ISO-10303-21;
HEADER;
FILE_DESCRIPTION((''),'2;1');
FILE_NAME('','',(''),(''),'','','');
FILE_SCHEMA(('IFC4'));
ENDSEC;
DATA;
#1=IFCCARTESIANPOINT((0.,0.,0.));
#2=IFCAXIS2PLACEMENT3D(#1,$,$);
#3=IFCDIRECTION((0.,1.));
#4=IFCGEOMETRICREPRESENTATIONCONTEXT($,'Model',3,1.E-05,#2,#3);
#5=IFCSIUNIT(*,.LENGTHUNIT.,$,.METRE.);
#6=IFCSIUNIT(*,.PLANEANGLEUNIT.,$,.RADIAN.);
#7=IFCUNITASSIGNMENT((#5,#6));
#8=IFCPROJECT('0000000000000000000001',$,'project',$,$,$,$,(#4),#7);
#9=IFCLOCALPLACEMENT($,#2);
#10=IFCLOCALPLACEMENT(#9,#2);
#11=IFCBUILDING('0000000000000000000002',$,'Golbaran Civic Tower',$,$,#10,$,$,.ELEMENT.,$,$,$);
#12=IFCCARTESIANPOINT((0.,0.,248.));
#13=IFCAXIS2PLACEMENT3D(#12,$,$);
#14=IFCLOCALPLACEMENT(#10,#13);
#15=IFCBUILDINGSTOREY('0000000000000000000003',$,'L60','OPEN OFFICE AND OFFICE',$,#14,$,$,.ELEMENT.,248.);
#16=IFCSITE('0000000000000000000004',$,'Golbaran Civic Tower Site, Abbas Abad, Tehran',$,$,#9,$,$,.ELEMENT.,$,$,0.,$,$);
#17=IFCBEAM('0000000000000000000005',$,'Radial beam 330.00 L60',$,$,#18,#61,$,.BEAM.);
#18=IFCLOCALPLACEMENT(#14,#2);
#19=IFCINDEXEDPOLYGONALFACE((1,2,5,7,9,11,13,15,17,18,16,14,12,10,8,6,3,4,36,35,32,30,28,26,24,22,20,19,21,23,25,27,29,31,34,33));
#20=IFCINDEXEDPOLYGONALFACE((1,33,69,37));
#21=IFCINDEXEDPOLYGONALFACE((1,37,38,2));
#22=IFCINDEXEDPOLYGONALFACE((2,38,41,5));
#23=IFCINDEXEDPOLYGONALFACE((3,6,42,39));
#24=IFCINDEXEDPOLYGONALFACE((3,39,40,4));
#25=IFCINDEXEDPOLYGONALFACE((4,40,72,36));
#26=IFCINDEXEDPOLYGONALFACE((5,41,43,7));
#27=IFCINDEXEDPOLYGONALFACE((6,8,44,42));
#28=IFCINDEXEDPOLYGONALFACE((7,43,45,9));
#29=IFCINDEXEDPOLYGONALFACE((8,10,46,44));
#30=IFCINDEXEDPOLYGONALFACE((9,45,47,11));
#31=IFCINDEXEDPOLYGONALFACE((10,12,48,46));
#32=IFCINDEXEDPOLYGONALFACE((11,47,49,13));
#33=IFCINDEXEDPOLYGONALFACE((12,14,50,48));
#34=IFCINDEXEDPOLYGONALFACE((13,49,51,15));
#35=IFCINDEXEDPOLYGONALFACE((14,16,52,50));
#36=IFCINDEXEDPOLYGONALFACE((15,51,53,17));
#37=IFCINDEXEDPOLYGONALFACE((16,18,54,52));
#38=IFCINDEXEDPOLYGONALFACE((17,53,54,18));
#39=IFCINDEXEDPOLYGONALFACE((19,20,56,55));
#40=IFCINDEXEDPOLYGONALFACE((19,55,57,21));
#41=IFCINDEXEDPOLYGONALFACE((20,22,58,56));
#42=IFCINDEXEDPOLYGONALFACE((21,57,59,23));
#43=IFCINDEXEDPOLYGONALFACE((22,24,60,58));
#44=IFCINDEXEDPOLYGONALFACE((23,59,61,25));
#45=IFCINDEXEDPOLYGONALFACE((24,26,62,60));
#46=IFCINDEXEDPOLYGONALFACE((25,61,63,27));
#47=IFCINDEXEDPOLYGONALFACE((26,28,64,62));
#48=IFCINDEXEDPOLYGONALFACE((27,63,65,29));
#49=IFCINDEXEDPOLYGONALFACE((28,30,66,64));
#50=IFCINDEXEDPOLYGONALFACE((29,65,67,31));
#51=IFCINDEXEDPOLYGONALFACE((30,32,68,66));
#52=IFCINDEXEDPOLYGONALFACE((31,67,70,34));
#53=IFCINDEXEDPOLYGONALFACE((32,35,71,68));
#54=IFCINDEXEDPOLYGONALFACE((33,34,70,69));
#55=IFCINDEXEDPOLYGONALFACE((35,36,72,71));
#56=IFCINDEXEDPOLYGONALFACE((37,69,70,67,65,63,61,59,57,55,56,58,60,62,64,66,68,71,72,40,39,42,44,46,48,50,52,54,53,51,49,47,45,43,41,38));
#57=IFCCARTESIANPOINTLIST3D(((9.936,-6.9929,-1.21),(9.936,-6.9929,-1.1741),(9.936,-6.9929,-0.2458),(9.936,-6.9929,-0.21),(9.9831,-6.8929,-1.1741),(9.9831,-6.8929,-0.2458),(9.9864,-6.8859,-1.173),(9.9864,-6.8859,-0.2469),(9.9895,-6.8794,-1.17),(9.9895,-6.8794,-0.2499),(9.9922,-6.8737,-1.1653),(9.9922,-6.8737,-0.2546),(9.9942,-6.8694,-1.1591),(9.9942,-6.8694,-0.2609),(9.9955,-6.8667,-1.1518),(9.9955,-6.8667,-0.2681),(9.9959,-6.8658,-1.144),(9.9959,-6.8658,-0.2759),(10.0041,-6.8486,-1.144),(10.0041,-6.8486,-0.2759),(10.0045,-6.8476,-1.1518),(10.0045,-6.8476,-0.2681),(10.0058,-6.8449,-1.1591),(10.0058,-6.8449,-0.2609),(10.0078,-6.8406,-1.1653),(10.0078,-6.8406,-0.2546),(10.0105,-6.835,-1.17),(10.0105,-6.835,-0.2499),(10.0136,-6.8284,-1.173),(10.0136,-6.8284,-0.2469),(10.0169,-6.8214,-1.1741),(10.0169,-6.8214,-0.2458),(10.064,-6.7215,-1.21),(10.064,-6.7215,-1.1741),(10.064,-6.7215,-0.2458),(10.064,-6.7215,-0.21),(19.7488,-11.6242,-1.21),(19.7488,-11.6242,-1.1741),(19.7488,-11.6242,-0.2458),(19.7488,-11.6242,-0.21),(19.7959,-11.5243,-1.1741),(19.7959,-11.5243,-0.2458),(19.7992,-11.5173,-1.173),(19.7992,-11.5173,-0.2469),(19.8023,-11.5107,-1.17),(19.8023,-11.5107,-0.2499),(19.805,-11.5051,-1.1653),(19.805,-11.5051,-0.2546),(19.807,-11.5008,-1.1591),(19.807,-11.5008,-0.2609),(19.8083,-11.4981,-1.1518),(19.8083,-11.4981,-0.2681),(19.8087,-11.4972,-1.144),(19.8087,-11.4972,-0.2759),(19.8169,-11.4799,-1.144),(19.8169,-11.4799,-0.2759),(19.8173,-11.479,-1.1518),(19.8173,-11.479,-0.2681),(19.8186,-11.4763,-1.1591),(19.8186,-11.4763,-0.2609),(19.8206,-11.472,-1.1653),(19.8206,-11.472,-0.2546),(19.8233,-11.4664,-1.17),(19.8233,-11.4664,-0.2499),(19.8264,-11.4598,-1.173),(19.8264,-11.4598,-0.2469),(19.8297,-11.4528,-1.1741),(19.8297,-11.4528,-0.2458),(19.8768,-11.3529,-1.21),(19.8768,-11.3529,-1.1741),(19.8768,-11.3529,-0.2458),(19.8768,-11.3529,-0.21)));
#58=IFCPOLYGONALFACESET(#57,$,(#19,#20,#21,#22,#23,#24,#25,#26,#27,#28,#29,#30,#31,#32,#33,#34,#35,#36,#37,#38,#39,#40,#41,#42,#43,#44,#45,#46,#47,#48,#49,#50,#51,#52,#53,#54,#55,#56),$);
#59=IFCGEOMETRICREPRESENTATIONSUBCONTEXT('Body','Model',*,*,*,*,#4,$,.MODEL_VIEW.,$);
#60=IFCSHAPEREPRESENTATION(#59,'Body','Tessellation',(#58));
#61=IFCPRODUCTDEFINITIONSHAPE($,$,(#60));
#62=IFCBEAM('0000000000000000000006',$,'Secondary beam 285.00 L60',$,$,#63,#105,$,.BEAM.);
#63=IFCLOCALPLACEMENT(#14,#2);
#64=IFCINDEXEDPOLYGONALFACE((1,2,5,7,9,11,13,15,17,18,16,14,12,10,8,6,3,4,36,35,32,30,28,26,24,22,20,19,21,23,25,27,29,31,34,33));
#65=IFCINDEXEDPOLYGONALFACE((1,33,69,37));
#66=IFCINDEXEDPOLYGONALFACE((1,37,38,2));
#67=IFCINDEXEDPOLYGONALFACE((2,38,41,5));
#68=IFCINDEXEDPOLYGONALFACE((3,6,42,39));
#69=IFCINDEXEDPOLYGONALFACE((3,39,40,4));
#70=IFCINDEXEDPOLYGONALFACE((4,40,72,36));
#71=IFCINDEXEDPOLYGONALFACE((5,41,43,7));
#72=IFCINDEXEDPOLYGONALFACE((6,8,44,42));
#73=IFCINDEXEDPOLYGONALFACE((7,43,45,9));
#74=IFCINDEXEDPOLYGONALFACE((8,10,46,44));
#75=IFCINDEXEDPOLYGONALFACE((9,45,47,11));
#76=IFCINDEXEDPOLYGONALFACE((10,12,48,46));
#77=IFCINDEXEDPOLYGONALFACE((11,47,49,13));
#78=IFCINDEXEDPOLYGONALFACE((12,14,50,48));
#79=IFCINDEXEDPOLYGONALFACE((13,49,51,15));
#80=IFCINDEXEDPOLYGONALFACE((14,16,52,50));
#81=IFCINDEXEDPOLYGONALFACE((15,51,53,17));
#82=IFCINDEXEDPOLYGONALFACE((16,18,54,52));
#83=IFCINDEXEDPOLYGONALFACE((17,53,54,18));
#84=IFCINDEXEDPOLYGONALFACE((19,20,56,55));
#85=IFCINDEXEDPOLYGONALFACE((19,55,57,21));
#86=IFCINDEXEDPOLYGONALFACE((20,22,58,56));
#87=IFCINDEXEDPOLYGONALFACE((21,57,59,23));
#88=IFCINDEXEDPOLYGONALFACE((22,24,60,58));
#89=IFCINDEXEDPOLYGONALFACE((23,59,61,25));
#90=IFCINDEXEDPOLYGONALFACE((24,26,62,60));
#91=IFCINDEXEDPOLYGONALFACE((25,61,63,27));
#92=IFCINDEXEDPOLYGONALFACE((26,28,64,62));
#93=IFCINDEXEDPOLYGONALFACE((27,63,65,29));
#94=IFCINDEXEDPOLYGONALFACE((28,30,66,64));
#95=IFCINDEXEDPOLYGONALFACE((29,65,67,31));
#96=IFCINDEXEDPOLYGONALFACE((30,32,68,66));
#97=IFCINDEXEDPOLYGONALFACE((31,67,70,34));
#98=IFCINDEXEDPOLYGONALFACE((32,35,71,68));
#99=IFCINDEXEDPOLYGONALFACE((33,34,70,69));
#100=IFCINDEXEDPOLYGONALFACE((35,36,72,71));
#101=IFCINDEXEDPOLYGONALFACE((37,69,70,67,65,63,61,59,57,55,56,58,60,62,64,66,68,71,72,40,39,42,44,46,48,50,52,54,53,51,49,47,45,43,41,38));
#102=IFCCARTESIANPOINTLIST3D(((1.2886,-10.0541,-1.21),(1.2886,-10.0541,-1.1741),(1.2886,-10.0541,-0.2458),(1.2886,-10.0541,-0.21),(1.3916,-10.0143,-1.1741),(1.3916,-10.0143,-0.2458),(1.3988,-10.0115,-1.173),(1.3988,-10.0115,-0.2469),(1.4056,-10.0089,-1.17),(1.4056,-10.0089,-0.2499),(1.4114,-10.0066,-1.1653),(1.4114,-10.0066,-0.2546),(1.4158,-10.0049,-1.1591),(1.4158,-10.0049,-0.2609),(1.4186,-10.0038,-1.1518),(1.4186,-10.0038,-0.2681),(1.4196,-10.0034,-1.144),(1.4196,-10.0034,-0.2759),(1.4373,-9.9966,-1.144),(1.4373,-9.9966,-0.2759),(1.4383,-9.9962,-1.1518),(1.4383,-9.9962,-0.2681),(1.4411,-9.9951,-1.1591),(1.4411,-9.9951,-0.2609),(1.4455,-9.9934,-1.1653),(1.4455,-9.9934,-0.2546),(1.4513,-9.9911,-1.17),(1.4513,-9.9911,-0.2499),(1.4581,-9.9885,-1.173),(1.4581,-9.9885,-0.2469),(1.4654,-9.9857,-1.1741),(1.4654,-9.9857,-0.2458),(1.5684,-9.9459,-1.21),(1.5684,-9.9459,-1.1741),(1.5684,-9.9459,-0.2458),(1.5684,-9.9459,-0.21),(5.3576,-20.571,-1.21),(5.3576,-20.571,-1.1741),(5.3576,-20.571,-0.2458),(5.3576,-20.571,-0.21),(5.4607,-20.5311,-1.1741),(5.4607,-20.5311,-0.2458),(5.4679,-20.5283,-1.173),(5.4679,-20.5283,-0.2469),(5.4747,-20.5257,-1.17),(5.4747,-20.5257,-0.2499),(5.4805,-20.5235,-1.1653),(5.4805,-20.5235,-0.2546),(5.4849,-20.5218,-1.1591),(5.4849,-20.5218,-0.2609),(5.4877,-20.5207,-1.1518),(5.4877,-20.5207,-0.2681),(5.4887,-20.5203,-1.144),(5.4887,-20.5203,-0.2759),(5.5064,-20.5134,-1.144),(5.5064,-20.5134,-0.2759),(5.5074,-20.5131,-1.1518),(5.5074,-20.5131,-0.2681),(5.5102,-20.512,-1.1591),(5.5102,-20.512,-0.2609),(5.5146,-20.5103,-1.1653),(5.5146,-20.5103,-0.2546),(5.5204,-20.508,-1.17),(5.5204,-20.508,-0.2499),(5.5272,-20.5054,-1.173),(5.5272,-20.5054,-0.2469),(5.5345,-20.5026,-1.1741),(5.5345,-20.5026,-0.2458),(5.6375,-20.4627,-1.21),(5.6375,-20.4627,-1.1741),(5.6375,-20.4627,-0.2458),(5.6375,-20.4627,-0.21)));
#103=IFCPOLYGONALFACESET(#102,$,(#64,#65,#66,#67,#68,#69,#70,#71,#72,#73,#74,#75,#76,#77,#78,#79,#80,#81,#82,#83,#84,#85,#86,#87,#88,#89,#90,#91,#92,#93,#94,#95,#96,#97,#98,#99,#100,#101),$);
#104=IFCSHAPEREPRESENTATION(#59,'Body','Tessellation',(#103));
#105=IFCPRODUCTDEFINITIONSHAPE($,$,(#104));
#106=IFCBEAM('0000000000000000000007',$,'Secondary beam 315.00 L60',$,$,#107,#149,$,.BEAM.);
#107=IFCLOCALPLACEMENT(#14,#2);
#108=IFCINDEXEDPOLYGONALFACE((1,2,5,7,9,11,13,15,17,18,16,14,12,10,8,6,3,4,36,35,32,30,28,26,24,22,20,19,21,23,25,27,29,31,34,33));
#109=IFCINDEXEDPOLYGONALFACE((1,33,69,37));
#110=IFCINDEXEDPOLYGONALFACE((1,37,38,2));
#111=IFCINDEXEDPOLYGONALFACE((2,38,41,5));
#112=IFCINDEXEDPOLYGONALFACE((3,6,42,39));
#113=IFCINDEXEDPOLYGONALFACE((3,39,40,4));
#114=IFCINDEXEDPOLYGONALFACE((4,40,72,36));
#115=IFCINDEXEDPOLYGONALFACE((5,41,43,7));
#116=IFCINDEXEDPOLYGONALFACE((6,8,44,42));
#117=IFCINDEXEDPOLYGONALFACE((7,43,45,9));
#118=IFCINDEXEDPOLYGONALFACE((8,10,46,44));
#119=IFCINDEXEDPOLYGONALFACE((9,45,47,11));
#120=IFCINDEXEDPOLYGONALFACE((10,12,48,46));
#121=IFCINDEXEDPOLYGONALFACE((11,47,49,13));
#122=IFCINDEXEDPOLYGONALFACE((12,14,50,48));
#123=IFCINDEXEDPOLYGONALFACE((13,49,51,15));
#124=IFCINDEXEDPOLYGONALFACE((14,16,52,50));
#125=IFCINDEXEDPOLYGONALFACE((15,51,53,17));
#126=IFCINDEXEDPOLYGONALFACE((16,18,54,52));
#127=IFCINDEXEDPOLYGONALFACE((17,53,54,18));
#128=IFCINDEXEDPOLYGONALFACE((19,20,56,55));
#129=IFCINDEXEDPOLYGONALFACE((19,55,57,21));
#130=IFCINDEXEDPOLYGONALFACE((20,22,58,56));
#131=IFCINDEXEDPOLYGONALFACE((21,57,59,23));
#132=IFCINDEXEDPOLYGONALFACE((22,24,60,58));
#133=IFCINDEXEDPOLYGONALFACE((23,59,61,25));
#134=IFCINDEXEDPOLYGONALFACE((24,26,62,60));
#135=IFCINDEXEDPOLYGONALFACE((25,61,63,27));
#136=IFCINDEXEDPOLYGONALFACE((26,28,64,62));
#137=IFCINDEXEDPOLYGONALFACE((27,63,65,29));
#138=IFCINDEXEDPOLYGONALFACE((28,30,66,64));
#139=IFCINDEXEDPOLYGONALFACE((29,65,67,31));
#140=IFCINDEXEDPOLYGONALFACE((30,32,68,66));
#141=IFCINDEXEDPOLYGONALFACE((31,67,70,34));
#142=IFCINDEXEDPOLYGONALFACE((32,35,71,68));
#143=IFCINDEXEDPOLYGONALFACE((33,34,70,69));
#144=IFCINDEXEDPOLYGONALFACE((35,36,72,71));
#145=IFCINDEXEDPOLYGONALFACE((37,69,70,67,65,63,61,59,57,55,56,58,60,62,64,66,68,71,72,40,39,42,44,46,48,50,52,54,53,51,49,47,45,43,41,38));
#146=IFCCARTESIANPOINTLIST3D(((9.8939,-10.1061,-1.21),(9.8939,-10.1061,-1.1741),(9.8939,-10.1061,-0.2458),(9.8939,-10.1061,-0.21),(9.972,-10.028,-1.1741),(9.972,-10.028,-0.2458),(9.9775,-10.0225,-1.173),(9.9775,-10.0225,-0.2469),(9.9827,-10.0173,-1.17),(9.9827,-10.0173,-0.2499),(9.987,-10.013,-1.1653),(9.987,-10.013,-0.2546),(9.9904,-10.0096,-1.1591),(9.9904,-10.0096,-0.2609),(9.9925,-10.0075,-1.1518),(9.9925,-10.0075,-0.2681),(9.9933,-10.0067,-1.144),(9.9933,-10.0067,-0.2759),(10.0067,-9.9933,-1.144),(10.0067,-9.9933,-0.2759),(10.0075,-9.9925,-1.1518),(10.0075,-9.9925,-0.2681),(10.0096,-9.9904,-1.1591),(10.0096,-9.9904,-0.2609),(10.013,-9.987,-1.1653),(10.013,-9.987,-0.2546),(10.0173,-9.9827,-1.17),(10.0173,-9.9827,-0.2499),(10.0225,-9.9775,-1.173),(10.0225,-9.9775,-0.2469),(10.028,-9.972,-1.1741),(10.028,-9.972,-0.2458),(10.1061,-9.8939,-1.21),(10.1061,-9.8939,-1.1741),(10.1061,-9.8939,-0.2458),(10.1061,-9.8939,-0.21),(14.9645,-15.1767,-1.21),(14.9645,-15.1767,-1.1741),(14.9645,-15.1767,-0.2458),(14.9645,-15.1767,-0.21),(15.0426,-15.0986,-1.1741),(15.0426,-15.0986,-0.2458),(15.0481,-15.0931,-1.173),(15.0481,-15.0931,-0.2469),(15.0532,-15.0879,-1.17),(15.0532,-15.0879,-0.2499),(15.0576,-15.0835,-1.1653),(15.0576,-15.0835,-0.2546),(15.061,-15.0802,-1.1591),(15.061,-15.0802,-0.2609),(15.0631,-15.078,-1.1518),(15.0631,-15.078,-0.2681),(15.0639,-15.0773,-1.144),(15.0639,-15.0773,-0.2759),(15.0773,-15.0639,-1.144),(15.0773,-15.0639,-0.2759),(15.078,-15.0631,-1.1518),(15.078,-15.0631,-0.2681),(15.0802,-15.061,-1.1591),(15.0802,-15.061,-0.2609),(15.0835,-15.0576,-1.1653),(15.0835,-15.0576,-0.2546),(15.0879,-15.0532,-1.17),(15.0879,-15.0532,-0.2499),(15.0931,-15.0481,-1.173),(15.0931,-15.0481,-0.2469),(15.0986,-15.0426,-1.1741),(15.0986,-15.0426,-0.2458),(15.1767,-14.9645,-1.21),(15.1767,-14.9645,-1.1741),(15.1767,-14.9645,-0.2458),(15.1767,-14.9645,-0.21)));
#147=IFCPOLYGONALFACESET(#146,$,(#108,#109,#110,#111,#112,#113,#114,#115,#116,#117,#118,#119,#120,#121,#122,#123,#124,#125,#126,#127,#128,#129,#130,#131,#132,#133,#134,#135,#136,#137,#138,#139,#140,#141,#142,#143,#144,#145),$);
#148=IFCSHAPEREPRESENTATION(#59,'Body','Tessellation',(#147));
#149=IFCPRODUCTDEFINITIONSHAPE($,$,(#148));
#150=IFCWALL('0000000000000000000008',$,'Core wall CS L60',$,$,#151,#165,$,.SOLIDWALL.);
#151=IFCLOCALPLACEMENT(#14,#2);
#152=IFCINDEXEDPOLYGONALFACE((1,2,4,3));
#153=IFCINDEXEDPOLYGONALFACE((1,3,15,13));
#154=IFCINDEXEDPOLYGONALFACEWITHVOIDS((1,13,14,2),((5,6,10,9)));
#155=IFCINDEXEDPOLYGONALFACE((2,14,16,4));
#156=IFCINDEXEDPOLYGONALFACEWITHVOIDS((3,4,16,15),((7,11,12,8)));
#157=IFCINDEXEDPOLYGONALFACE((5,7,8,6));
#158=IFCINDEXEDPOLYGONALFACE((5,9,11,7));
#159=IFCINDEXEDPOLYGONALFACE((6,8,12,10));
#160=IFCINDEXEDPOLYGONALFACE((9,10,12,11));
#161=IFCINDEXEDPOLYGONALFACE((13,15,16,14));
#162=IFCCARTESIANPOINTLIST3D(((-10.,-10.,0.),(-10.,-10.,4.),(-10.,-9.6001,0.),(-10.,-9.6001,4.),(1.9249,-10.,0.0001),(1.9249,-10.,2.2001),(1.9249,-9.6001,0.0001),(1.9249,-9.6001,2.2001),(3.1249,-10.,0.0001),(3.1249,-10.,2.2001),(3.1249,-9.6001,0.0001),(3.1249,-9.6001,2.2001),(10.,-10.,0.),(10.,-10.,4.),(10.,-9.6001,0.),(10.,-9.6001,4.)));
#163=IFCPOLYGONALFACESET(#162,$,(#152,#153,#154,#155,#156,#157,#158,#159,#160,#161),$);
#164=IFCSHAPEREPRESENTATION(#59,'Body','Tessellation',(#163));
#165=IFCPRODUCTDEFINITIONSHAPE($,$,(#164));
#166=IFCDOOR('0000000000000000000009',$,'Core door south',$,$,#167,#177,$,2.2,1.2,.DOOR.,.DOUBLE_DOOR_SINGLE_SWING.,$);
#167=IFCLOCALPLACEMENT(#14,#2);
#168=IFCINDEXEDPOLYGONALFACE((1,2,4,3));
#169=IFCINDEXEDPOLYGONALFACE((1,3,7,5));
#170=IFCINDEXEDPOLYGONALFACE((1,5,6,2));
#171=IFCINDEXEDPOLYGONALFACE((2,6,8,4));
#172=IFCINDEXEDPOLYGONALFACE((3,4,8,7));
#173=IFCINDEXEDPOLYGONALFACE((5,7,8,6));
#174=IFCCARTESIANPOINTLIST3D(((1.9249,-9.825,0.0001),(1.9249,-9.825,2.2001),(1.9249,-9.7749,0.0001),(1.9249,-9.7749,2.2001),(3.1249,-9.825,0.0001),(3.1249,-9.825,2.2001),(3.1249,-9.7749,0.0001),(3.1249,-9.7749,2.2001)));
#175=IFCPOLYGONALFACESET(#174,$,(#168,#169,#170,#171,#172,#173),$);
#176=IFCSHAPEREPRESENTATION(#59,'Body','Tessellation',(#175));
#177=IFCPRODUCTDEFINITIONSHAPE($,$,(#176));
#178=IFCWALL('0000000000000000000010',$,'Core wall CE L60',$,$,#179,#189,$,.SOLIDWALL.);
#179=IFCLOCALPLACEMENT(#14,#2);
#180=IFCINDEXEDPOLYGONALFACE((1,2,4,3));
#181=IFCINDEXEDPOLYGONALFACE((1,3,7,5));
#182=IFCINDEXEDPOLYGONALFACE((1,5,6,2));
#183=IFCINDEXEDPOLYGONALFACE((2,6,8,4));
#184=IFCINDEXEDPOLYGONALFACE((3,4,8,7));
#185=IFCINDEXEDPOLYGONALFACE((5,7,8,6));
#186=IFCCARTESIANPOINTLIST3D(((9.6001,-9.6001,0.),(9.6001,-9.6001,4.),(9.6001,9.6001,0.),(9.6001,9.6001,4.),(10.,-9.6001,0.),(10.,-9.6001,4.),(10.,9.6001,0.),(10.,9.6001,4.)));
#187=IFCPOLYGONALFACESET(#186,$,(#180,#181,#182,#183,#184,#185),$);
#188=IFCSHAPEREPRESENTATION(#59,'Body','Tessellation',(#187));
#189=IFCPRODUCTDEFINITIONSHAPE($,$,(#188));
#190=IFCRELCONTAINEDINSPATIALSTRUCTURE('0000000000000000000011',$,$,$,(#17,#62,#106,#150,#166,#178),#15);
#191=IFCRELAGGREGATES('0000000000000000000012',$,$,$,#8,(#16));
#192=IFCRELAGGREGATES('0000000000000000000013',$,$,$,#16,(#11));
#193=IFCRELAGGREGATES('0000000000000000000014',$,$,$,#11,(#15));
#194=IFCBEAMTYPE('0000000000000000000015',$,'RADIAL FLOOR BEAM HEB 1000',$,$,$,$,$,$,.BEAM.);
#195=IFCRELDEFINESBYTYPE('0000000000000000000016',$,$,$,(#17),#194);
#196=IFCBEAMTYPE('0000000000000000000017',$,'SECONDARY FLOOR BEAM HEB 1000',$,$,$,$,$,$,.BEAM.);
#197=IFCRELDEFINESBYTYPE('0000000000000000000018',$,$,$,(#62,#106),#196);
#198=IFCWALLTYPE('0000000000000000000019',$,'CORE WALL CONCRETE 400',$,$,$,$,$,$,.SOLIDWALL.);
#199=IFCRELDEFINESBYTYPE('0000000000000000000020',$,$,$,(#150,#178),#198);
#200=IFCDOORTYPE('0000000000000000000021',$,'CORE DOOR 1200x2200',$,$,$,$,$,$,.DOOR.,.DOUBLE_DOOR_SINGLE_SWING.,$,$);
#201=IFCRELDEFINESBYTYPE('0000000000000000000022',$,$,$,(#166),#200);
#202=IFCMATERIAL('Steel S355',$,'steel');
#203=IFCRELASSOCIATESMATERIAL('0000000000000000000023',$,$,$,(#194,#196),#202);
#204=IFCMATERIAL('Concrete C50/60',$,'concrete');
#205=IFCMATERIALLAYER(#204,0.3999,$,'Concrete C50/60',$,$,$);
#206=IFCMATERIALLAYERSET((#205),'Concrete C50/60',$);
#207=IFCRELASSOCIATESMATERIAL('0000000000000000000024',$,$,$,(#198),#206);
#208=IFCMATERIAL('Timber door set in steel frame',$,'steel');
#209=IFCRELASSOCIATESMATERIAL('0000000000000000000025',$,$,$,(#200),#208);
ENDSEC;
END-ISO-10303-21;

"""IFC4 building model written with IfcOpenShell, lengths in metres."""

from ifc_helpers import new_model, si_unit, direction, frame, frame_2d, origin, origin_2d, place, context, subcontext, project, spatial, rectangle, i_section, extrude, material, layer, layer_set, material_profile, profile_set, type_object, element, fill, save


model = new_model("IFC4")

# Units and contexts
model_context = context("Model", 3, precision=1e-05, world=origin(), true_north=direction((0.0, 1.0)))
body_context = subcontext(model_context, "Body", "Model", "MODEL_VIEW")
ifc_project = project(units=[si_unit("LENGTHUNIT", "METRE"), si_unit("PLANEANGLEUNIT", "RADIAN")], contexts=[model_context])

# Site, building, storey
site_placement = place(None, origin())
site = spatial("IfcSite", under=ifc_project, at=site_placement, Name="Golbaran Civic Tower Site, Abbas Abad, Tehran", CompositionType="ELEMENT", RefElevation=0.0)
building_placement = place(site_placement, origin())
building = spatial("IfcBuilding", under=site, at=building_placement, Name="Golbaran Civic Tower", CompositionType="ELEMENT")
storey_placement = place(building_placement, frame((0.0, 0.0, 248.0)))
storey = spatial("IfcBuildingStorey", under=building, at=storey_placement, Name="L60", Description="OPEN OFFICE AND OFFICE", CompositionType="ELEMENT", Elevation=248.0)

# Beams
ifc_material_1 = material(Name="Steel S355", Category="steel")
ifc_material_profile_1 = material_profile(ifc_material_1, i_section(OverallWidth=0.3, OverallDepth=1.0, WebThickness=0.019, FlangeThickness=0.0359, FilletRadius=0.03, at=origin_2d()), Name="HEB 1000")
ifc_profile_set_1 = profile_set([ifc_material_profile_1], Name="Steel S355")
beam_type_1 = type_object("IfcBeamType", Name="RADIAL FLOOR BEAM HEB 1000", PredefinedType="BEAM", material=ifc_profile_set_1)
beam_1_placement = place(storey_placement, frame((10.0, -6.8572, -0.71), z_axis=(0.904336, -0.426822, 0.0), x_axis=(0.426822, 0.904336, 0.0)))
element("IfcBeam", 1, at=beam_1_placement, inside=storey, type_object=beam_type_1, Name="Radial beam 330.00 L60", PredefinedType="BEAM", context=body_context, shape_type="SweptSolid", body=[
    extrude(i_section(OverallWidth=0.3, OverallDepth=1.0, WebThickness=0.019, FlangeThickness=0.0359, FilletRadius=0.03, at=origin_2d()), origin(), (0.0, 0.0, 1.0), 10.8508),
])
ifc_material_profile_2 = material_profile(ifc_material_1, i_section(OverallWidth=0.3, OverallDepth=1.0, WebThickness=0.019, FlangeThickness=0.0359, FilletRadius=0.03, at=origin_2d()), Name="HEB 1000")
ifc_profile_set_2 = profile_set([ifc_material_profile_2], Name="Steel S355")
beam_type_2 = type_object("IfcBeamType", Name="SECONDARY FLOOR BEAM HEB 1000", PredefinedType="BEAM", material=ifc_profile_set_2)
beam_2_placement = place(storey_placement, frame((1.4285, -10.0, -0.71), z_axis=(0.360844, -0.932626, 0.0), x_axis=(0.932626, 0.360844, 0.0)))
element("IfcBeam", 2, at=beam_2_placement, inside=storey, type_object=beam_type_2, Name="Secondary beam 285.00 L60", PredefinedType="BEAM", context=body_context, shape_type="SweptSolid", body=[
    extrude(i_section(OverallWidth=0.3, OverallDepth=1.0, WebThickness=0.019, FlangeThickness=0.0359, FilletRadius=0.03, at=origin_2d()), origin(), (0.0, 0.0, 1.0), 11.2766),
])
beam_3_placement = place(storey_placement, frame((10.0, -10.0, -0.71), z_axis=(0.707107, -0.707107, 0.0), x_axis=(0.707107, 0.707107, 0.0)))
element("IfcBeam", 3, at=beam_3_placement, inside=storey, type_object=beam_type_2, Name="Secondary beam 315.00 L60", PredefinedType="BEAM", context=body_context, shape_type="SweptSolid", body=[
    extrude(i_section(OverallWidth=0.3, OverallDepth=1.0, WebThickness=0.019, FlangeThickness=0.0359, FilletRadius=0.03, at=origin_2d()), origin(), (0.0, 0.0, 1.0), 7.1709),
])

# Wall, opening, door
ifc_material_2 = material(Name="Concrete C50/60", Category="concrete")
ifc_layer_1 = layer(ifc_material_2, 0.3999, Name="Concrete C50/60")
ifc_layer_set_1 = layer_set([ifc_layer_1], Name="Concrete C50/60")
wall_type_1 = type_object("IfcWallType", Name="CORE WALL CONCRETE 400", PredefinedType="SOLIDWALL", material=ifc_layer_set_1)
wall_1_placement = place(storey_placement, frame((10.0, -9.8, 0.0), z_axis=(0.0, 0.0, 1.0), x_axis=(-1.0, 0.0, 0.0)))
wall_1 = element("IfcWall", 4, at=wall_1_placement, inside=storey, type_object=wall_type_1, Name="Core wall CS L60", PredefinedType="SOLIDWALL", context=body_context, shape_type="SweptSolid", body=[
    extrude(rectangle(XDim=20.0, YDim=0.3999, at=frame_2d((10.0, 0.0))), origin(), (0.0, 0.0, 1.0), 4.0),
])
opening_1_placement = place(wall_1_placement, frame((6.875, 0.0, 0.0)))
opening_1 = element("IfcOpeningElement", 5, at=opening_1_placement, cuts=wall_1, PredefinedType="OPENING", context=body_context, shape_type="SweptSolid", body=[
    extrude(rectangle(XDim=1.2, YDim=2.2, at=frame_2d((0.6001, 1.1001))), frame((0.0, 0.21, 0.0), z_axis=(0.0, -1.0, 0.0), x_axis=(1.0, 0.0, 0.0)), (0.0, 0.0, 1.0), 0.4199),
])
ifc_material_3 = material(Name="Timber door set in steel frame", Category="steel")
door_type_1 = type_object("IfcDoorType", Name="CORE DOOR 1200x2200", OperationType="DOUBLE_DOOR_SINGLE_SWING", PredefinedType="DOOR", material=ifc_material_3)
door_1_placement = place(opening_1_placement, origin())
door_1 = element("IfcDoor", 6, at=door_1_placement, inside=storey, type_object=door_type_1, Name="Core door south", OperationType="DOUBLE_DOOR_SINGLE_SWING", OverallHeight=2.2, OverallWidth=1.2, PredefinedType="DOOR", context=body_context, shape_type="SweptSolid", body=[
    extrude(rectangle(XDim=1.2, YDim=2.2, at=frame_2d((0.6001, 1.1001))), frame((0.0, 0.0249, 0.0), z_axis=(0.0, -1.0, 0.0), x_axis=(1.0, 0.0, 0.0)), (0.0, 0.0, 1.0), 0.05),
])
fill(opening_1, door_1)

# Wall
wall_2_placement = place(storey_placement, frame((9.8, -9.6001, 0.0), z_axis=(0.0, 0.0, 1.0), x_axis=(0.0, 1.0, 0.0)))
element("IfcWall", 7, at=wall_2_placement, inside=storey, type_object=wall_type_1, Name="Core wall CE L60", PredefinedType="SOLIDWALL", context=body_context, shape_type="SweptSolid", body=[
    extrude(rectangle(XDim=19.2002, YDim=0.3999, at=frame_2d((9.6001, 0.0))), origin(), (0.0, 0.0, 1.0), 4.0),
])

save(model, "model.ifc")
